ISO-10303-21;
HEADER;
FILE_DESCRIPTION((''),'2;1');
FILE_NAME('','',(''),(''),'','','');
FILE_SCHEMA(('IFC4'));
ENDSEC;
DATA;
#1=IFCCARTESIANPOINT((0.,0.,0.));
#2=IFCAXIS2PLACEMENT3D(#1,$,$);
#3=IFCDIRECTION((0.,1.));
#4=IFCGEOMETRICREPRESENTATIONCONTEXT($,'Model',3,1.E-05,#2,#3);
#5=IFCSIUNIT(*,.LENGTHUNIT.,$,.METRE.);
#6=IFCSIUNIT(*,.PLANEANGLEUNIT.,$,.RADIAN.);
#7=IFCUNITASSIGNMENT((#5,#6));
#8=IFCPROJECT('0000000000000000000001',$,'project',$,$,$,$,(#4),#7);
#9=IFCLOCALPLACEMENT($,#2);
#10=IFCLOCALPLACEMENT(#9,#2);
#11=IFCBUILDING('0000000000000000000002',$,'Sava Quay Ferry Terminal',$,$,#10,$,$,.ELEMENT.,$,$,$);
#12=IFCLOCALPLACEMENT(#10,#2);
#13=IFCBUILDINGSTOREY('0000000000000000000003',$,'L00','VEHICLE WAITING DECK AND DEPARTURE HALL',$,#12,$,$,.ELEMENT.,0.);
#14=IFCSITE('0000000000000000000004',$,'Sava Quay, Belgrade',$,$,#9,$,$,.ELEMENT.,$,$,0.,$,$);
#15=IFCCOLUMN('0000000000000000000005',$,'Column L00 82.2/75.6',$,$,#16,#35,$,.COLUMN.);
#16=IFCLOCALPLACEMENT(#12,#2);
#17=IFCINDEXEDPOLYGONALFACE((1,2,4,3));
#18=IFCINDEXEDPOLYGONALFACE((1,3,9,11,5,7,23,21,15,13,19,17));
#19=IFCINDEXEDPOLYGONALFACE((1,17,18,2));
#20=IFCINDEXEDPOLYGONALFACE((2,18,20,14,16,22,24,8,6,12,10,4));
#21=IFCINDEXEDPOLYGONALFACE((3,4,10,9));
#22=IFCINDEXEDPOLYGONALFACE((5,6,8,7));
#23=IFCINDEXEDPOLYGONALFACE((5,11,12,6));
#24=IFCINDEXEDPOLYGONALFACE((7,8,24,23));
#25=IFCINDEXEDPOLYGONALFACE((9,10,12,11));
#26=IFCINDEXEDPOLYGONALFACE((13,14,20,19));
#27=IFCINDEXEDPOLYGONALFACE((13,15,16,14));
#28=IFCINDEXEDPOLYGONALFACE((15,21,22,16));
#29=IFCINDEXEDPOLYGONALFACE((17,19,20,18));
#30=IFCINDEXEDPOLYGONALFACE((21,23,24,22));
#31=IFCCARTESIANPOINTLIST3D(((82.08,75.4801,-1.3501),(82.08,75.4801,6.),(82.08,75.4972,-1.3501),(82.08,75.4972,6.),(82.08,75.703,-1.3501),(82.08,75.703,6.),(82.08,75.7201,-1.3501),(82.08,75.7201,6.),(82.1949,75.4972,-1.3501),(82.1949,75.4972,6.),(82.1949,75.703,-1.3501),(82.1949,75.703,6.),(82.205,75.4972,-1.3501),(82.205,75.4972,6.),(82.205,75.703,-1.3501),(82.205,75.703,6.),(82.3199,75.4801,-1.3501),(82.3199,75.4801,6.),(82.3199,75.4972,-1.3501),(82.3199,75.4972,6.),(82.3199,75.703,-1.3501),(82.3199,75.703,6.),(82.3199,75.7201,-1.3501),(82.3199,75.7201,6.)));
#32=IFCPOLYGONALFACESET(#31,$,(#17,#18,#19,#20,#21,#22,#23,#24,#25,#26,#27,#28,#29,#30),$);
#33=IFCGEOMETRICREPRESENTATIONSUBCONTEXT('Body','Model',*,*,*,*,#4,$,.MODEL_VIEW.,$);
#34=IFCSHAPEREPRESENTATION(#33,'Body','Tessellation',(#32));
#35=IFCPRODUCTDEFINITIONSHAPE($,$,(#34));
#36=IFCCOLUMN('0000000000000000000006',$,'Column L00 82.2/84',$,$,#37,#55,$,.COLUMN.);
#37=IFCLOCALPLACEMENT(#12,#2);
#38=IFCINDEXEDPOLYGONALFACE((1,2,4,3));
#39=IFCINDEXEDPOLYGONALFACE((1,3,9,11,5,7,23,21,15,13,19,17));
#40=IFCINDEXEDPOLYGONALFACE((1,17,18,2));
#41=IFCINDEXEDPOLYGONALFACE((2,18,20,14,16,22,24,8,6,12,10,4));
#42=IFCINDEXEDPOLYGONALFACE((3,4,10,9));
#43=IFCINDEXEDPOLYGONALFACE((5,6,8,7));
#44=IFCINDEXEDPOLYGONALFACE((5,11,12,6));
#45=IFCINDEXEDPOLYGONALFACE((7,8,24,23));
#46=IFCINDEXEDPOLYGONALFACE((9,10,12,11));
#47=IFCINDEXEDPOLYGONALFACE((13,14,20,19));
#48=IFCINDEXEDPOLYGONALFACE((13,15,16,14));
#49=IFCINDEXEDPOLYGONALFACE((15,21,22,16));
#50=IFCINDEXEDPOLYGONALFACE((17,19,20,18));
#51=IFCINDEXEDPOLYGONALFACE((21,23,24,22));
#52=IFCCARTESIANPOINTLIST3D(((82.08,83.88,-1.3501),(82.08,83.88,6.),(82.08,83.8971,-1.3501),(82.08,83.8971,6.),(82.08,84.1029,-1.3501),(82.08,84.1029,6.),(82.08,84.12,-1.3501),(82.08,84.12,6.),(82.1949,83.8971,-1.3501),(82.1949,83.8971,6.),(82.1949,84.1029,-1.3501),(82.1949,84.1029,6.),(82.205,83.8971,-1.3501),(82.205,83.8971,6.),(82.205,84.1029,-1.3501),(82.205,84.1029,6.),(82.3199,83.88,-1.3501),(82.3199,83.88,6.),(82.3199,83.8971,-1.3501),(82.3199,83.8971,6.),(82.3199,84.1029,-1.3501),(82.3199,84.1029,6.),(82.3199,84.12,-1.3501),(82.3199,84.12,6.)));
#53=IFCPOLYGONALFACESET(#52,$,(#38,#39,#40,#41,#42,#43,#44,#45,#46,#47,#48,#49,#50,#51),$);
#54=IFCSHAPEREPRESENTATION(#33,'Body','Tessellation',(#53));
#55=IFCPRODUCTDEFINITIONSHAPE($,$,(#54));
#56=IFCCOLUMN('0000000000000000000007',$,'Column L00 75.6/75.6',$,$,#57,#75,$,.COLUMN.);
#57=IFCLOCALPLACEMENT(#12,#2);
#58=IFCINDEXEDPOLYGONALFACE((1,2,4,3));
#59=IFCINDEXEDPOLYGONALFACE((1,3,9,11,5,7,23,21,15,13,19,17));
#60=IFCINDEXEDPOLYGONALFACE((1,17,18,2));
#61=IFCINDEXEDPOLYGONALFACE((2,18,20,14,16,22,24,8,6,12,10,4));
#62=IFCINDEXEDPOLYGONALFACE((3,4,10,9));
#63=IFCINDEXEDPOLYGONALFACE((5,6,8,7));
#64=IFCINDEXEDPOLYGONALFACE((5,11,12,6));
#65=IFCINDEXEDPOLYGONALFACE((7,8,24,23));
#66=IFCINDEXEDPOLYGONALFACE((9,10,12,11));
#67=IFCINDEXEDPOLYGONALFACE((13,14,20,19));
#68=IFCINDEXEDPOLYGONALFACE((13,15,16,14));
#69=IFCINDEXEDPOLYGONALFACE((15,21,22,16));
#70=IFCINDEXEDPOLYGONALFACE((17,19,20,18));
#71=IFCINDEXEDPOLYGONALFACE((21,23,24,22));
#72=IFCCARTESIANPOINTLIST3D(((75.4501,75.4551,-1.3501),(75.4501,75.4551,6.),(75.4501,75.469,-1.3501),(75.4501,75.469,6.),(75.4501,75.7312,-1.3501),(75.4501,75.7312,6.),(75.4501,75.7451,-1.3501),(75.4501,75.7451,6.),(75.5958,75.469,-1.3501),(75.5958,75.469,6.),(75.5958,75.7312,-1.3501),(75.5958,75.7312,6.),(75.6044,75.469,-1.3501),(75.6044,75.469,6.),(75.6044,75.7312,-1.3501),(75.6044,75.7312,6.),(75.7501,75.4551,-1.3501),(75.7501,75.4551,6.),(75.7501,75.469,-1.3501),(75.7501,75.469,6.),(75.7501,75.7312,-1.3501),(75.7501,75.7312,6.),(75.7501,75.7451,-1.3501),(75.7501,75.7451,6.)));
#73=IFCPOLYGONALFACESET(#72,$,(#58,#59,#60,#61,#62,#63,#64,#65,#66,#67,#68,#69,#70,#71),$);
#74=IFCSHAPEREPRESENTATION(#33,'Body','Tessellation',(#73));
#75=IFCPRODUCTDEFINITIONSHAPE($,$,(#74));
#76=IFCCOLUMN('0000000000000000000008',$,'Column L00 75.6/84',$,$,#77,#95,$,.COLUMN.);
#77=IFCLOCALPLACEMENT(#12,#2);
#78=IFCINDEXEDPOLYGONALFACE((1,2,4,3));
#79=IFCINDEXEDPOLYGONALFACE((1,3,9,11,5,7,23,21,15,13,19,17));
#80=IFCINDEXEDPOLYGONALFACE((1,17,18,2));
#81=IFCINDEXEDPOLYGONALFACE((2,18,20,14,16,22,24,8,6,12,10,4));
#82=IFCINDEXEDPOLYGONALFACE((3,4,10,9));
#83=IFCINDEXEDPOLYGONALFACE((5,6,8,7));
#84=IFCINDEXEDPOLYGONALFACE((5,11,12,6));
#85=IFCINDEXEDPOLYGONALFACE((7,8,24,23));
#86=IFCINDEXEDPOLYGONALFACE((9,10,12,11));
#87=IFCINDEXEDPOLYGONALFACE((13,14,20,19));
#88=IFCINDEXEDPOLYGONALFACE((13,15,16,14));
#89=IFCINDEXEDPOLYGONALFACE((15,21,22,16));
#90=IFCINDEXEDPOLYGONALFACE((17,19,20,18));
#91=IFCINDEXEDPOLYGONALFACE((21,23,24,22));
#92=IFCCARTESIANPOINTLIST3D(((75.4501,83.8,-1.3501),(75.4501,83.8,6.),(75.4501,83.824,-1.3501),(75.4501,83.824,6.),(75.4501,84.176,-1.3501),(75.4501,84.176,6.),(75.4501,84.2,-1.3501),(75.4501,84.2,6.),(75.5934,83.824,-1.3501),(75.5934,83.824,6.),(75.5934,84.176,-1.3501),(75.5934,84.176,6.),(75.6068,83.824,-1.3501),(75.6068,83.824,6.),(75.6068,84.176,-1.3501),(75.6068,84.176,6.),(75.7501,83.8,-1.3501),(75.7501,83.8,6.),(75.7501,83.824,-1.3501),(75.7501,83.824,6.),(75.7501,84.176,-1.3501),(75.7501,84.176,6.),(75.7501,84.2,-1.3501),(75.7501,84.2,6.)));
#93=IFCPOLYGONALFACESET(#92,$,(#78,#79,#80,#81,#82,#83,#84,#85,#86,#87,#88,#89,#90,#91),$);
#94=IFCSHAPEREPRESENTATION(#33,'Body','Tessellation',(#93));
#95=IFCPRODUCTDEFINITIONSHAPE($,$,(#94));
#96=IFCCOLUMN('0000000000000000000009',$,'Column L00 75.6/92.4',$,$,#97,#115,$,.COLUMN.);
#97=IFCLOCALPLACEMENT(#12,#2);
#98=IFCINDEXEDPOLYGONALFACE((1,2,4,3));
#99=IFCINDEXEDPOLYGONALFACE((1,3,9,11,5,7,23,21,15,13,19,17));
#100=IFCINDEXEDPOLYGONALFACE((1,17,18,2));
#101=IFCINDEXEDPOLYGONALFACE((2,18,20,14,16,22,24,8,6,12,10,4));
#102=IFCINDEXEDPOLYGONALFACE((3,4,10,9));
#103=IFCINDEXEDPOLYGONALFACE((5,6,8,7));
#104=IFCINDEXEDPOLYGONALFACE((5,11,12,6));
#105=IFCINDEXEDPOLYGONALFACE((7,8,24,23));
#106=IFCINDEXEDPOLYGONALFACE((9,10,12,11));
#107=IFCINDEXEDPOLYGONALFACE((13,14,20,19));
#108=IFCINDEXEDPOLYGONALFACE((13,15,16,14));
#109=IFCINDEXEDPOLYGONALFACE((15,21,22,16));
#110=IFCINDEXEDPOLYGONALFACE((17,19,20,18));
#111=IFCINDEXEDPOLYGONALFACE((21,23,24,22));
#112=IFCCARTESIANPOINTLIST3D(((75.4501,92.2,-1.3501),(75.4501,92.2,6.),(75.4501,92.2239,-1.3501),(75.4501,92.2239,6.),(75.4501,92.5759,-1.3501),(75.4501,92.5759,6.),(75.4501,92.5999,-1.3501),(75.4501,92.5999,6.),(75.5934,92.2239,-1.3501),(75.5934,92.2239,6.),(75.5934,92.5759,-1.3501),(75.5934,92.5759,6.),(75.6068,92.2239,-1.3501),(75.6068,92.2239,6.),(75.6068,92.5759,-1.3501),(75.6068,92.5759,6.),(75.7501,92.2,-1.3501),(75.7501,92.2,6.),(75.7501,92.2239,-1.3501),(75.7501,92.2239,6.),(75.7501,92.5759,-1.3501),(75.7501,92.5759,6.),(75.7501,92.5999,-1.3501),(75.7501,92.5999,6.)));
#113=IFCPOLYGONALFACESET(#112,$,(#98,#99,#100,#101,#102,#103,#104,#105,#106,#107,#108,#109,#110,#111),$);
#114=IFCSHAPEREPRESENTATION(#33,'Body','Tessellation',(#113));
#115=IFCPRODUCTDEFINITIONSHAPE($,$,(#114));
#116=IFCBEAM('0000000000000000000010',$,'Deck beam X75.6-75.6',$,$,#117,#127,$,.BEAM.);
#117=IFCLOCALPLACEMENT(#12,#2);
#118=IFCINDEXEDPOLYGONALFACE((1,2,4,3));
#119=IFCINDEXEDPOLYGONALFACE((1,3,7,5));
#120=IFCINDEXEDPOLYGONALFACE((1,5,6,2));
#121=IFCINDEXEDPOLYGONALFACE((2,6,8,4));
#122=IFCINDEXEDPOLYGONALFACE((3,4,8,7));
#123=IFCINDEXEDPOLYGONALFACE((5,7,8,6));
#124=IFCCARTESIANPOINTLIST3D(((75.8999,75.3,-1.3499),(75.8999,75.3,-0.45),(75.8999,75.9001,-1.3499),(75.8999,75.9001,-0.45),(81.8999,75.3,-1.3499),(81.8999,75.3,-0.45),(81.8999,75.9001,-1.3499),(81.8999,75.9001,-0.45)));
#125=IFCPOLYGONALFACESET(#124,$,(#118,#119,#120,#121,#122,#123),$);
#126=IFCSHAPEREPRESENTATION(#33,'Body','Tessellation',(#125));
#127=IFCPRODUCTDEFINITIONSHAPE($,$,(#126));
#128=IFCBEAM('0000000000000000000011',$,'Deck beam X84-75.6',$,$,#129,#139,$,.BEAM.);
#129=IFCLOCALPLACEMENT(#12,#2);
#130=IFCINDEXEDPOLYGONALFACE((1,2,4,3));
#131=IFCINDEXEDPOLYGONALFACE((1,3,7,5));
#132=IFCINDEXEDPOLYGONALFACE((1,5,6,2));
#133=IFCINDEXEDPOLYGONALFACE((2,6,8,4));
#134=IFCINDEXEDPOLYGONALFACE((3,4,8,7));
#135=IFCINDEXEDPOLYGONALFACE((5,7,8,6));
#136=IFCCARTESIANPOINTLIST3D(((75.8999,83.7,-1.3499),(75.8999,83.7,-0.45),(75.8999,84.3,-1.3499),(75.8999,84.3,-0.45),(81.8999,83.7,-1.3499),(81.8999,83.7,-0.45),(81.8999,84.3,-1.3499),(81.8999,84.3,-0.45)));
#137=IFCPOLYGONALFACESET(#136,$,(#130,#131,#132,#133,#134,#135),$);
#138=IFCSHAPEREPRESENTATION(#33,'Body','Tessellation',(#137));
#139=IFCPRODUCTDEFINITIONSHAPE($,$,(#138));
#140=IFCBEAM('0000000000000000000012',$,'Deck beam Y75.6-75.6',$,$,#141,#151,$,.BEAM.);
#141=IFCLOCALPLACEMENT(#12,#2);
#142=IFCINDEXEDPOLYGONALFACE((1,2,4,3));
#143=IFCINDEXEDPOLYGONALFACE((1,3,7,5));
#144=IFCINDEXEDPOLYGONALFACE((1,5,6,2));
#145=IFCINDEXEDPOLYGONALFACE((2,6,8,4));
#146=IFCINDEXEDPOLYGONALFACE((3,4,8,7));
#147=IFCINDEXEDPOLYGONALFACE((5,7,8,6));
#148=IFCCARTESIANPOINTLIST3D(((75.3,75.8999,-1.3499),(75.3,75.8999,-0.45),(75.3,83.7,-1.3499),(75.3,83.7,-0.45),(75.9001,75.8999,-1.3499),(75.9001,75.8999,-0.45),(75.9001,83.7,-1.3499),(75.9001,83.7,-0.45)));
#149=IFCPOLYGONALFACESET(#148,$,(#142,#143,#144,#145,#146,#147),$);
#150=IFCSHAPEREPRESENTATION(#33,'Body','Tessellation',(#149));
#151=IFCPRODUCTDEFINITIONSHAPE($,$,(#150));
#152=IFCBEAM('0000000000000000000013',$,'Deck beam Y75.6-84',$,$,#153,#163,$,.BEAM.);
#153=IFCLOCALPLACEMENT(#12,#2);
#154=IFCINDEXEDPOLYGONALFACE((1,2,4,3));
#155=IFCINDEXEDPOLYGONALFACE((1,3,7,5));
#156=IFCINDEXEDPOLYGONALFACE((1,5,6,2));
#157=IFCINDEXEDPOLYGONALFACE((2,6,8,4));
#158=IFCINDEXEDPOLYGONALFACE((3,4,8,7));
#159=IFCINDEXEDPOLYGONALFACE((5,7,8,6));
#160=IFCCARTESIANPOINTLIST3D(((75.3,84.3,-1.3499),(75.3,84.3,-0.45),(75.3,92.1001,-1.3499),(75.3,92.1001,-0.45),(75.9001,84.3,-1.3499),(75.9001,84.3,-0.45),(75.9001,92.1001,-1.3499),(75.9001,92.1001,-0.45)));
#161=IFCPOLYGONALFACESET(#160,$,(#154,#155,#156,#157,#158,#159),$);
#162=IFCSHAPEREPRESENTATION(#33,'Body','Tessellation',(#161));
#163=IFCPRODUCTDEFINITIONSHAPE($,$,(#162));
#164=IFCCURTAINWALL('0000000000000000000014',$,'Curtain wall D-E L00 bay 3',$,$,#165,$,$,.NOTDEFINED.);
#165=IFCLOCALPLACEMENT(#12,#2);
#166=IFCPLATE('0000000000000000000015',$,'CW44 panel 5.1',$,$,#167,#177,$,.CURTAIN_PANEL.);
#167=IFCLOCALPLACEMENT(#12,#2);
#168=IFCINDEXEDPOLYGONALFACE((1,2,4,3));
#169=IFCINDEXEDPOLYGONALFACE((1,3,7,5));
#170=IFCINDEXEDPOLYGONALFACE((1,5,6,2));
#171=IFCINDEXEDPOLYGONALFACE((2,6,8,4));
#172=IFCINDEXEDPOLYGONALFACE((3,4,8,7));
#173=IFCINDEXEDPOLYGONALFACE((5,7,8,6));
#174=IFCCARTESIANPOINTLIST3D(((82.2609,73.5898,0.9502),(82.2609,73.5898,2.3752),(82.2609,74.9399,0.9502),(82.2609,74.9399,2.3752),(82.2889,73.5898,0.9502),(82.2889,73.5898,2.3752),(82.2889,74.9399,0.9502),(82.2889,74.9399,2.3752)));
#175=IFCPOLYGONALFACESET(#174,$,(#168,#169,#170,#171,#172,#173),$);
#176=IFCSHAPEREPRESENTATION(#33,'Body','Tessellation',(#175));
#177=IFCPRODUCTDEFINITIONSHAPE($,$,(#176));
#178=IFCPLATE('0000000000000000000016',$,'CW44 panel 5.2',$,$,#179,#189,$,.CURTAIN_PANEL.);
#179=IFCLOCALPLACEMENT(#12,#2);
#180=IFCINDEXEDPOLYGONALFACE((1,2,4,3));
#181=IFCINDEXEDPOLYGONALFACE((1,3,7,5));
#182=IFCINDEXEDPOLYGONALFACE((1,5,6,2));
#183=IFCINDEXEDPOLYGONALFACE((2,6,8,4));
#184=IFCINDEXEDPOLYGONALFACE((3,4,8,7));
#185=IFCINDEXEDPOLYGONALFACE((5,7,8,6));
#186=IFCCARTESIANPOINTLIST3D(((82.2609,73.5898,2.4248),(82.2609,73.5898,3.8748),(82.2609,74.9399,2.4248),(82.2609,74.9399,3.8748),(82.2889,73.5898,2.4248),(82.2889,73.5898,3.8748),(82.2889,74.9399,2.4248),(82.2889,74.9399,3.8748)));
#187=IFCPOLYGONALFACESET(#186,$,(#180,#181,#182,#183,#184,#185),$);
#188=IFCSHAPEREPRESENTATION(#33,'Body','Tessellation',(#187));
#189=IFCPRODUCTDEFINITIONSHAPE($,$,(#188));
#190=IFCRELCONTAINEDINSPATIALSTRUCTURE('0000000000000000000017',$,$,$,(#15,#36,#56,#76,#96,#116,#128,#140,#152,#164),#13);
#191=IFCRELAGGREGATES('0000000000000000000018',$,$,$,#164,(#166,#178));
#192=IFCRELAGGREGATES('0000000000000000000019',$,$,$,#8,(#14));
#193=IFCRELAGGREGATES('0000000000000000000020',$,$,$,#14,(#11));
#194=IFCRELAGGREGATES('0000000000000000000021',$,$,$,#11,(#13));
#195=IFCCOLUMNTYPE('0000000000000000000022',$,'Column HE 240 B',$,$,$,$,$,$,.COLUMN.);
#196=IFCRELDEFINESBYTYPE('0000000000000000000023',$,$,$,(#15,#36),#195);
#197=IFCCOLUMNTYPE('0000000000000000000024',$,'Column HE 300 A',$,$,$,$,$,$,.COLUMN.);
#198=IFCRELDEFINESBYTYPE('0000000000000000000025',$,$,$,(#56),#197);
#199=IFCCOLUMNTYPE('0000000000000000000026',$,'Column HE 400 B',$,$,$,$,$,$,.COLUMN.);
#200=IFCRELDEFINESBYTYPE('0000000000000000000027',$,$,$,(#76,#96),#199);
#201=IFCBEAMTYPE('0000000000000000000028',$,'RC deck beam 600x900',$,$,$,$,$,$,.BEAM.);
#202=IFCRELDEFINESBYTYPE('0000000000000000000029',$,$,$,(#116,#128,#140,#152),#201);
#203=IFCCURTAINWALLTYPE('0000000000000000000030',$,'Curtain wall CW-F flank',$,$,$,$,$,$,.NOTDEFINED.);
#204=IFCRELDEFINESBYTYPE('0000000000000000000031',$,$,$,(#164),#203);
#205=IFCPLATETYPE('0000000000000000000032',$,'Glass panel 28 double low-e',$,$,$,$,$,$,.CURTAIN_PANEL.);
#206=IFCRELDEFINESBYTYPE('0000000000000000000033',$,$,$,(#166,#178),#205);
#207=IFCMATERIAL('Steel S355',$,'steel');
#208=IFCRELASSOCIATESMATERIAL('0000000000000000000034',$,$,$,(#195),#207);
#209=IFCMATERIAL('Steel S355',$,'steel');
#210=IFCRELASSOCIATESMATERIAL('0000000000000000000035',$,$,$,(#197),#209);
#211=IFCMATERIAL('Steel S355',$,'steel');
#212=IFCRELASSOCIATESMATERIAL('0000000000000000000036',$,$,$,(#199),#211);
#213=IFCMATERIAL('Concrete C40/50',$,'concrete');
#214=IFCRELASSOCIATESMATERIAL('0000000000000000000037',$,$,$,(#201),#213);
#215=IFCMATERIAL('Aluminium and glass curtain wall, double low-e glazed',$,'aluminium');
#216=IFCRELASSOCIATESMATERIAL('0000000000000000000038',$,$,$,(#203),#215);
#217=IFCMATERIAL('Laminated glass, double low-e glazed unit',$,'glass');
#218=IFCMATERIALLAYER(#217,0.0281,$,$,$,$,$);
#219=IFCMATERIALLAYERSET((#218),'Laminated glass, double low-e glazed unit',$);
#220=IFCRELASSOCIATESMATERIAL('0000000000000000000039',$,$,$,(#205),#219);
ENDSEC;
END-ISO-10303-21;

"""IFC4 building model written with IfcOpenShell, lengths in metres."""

from ifc_helpers import new_model, si_unit, direction, frame, origin, origin_2d, place, context, subcontext, project, spatial, rectangle, i_section, extrude, material, layer, layer_set, material_profile, profile_set, type_object, element, aggregate, save


model = new_model("IFC4")

# Units and contexts
model_context = context("Model", 3, precision=1e-05, world=origin(), true_north=direction((0.0, 1.0)))
body_context = subcontext(model_context, "Body", "Model", "MODEL_VIEW")
ifc_project = project(units=[si_unit("LENGTHUNIT", "METRE"), si_unit("PLANEANGLEUNIT", "RADIAN")], contexts=[model_context])

# Site, building, storey
site_placement = place(None, origin())
site = spatial("IfcSite", under=ifc_project, at=site_placement, Name="Sava Quay, Belgrade", CompositionType="ELEMENT", RefElevation=0.0)
building_placement = place(site_placement, origin())
building = spatial("IfcBuilding", under=site, at=building_placement, Name="Sava Quay Ferry Terminal", CompositionType="ELEMENT")
storey_placement = place(building_placement, origin())
storey = spatial("IfcBuildingStorey", under=building, at=storey_placement, Name="L00", Description="VEHICLE WAITING DECK AND DEPARTURE HALL", CompositionType="ELEMENT", Elevation=0.0)

# Columns
ifc_material_1 = material(Name="Steel S355", Category="steel")
ifc_material_profile_1 = material_profile(ifc_material_1, i_section(OverallWidth=0.24, OverallDepth=0.24, WebThickness=0.01, FlangeThickness=0.0171, at=origin_2d()), Name="HE 240 B")
ifc_profile_set_1 = profile_set([ifc_material_profile_1], Name="Steel S355")
column_type_1 = type_object("IfcColumnType", Name="Column HE 240 B", PredefinedType="COLUMN", material=ifc_profile_set_1)
for number, where, z_axis, x_axis, name in (
    (1, (82.2, 75.6001, -1.3501), (0.0, 0.0, 1.0), (1.0, 0.0, 0.0), "Column L00 82.2/75.6"),
    (2, (82.2, 84.0, -1.3501), (0.0, 0.0, 1.0), (1.0, 0.0, 0.0), "Column L00 82.2/84"),
):
    element("IfcColumn", number, at=place(storey_placement, frame(where, z_axis=z_axis, x_axis=x_axis)), inside=storey, type_object=column_type_1, Name=name, PredefinedType="COLUMN", context=body_context, shape_type="SweptSolid", body=[
        extrude(i_section(OverallWidth=0.24, OverallDepth=0.24, WebThickness=0.01, FlangeThickness=0.0171, at=origin_2d()), origin(), (0.0, 0.0, 1.0), 7.3501),
    ])
ifc_material_2 = material(Name="Steel S355", Category="steel")
ifc_material_profile_2 = material_profile(ifc_material_2, i_section(OverallWidth=0.3, OverallDepth=0.29, WebThickness=0.0085, FlangeThickness=0.0139, at=origin_2d()), Name="HE 300 A")
ifc_profile_set_2 = profile_set([ifc_material_profile_2], Name="Steel S355")
column_type_2 = type_object("IfcColumnType", Name="Column HE 300 A", PredefinedType="COLUMN", material=ifc_profile_set_2)
column_placement = place(storey_placement, frame((75.6001, 75.6001, -1.3501), z_axis=(0.0, 0.0, 1.0), x_axis=(1.0, 0.0, 0.0)))
element("IfcColumn", 3, at=column_placement, inside=storey, type_object=column_type_2, Name="Column L00 75.6/75.6", PredefinedType="COLUMN", context=body_context, shape_type="SweptSolid", body=[
    extrude(i_section(OverallWidth=0.3, OverallDepth=0.29, WebThickness=0.0085, FlangeThickness=0.0139, at=origin_2d()), origin(), (0.0, 0.0, 1.0), 7.3501),
])
ifc_material_3 = material(Name="Steel S355", Category="steel")
ifc_material_profile_3 = material_profile(ifc_material_3, i_section(OverallWidth=0.3, OverallDepth=0.3999, WebThickness=0.0134, FlangeThickness=0.0239, at=origin_2d()), Name="HE 400 B")
ifc_profile_set_3 = profile_set([ifc_material_profile_3], Name="Steel S355")
column_type_3 = type_object("IfcColumnType", Name="Column HE 400 B", PredefinedType="COLUMN", material=ifc_profile_set_3)
for number, where, z_axis, x_axis, name in (
    (4, (75.6001, 84.0, -1.3501), (0.0, 0.0, 1.0), (1.0, 0.0, 0.0), "Column L00 75.6/84"),
    (5, (75.6001, 92.3999, -1.3501), (0.0, 0.0, 1.0), (1.0, 0.0, 0.0), "Column L00 75.6/92.4"),
):
    element("IfcColumn", number, at=place(storey_placement, frame(where, z_axis=z_axis, x_axis=x_axis)), inside=storey, type_object=column_type_3, Name=name, PredefinedType="COLUMN", context=body_context, shape_type="SweptSolid", body=[
        extrude(i_section(OverallWidth=0.3, OverallDepth=0.3999, WebThickness=0.0134, FlangeThickness=0.0239, at=origin_2d()), origin(), (0.0, 0.0, 1.0), 7.3501),
    ])

# Beams
ifc_material_4 = material(Name="Concrete C40/50", Category="concrete")
ifc_material_profile_4 = material_profile(ifc_material_4, rectangle(XDim=0.6001, YDim=0.8999, at=origin_2d()), Name="RC 600x900")
ifc_profile_set_4 = profile_set([ifc_material_profile_4], Name="Concrete C40/50")
beam_type = type_object("IfcBeamType", Name="RC deck beam 600x900", PredefinedType="BEAM", material=ifc_profile_set_4)
for number, where, z_axis, x_axis, name in (
    (6, (75.8999, 75.6001, -0.8999), (1.0, 0.0, 0.0), (0.0, 1.0, 0.0), "Deck beam X75.6-75.6"),
    (7, (75.8999, 84.0, -0.8999), (1.0, 0.0, 0.0), (0.0, 1.0, 0.0), "Deck beam X84-75.6"),
):
    element("IfcBeam", number, at=place(storey_placement, frame(where, z_axis=z_axis, x_axis=x_axis)), inside=storey, type_object=beam_type, Name=name, PredefinedType="BEAM", context=body_context, shape_type="SweptSolid", body=[
        extrude(rectangle(XDim=0.6001, YDim=0.8999, at=origin_2d()), origin(), (0.0, 0.0, 1.0), 6.0),
    ])
for number, where, z_axis, x_axis, name in (
    (8, (75.6001, 75.8999, -0.8999), (0.0, 1.0, 0.0), (-1.0, 0.0, 0.0), "Deck beam Y75.6-75.6"),
    (9, (75.6001, 84.3, -0.8999), (0.0, 1.0, 0.0), (-1.0, 0.0, 0.0), "Deck beam Y75.6-84"),
):
    element("IfcBeam", number, at=place(storey_placement, frame(where, z_axis=z_axis, x_axis=x_axis)), inside=storey, type_object=beam_type, Name=name, PredefinedType="BEAM", context=body_context, shape_type="SweptSolid", body=[
        extrude(rectangle(XDim=0.6001, YDim=0.8999, at=origin_2d()), origin(), (0.0, 0.0, 1.0), 7.8),
    ])

# Curtain wall, plates
ifc_material_5 = material(Name="Aluminium and glass curtain wall, double low-e glazed", Category="aluminium")
curtain_wall_type = type_object("IfcCurtainWallType", Name="Curtain wall CW-F flank", PredefinedType="NOTDEFINED", material=ifc_material_5)
curtain_wall_placement = place(storey_placement, origin())
curtain_wall = element("IfcCurtainWall", 10, at=curtain_wall_placement, inside=storey, type_object=curtain_wall_type, Name="Curtain wall D-E L00 bay 3", PredefinedType="NOTDEFINED")
ifc_material_6 = material(Name="Laminated glass, double low-e glazed unit", Category="glass")
ifc_layer_1 = layer(ifc_material_6, 0.0281)
ifc_layer_set_1 = layer_set([ifc_layer_1], Name="Laminated glass, double low-e glazed unit")
plate_type = type_object("IfcPlateType", Name="Glass panel 28 double low-e", PredefinedType="CURTAIN_PANEL", material=ifc_layer_set_1)
plate_1_placement = place(storey_placement, frame((82.2749, 74.2649, 0.9502), z_axis=(0.0, 0.0, 1.0), x_axis=(0.0, 1.0, 0.0)))
plate_1 = element("IfcPlate", 11, at=plate_1_placement, type_object=plate_type, Name="CW44 panel 5.1", PredefinedType="CURTAIN_PANEL", context=body_context, shape_type="SweptSolid", body=[
    extrude(rectangle(XDim=1.3501, YDim=0.0281, at=origin_2d()), origin(), (0.0, 0.0, 1.0), 1.425),
])
plate_2_placement = place(storey_placement, frame((82.2749, 74.2649, 2.4248), z_axis=(0.0, 0.0, 1.0), x_axis=(0.0, 1.0, 0.0)))
plate_2 = element("IfcPlate", 12, at=plate_2_placement, type_object=plate_type, Name="CW44 panel 5.2", PredefinedType="CURTAIN_PANEL", context=body_context, shape_type="SweptSolid", body=[
    extrude(rectangle(XDim=1.3501, YDim=0.0281, at=origin_2d()), origin(), (0.0, 0.0, 1.0), 1.45),
])
aggregate(curtain_wall, [plate_1, plate_2])

save(model, "model.ifc")
